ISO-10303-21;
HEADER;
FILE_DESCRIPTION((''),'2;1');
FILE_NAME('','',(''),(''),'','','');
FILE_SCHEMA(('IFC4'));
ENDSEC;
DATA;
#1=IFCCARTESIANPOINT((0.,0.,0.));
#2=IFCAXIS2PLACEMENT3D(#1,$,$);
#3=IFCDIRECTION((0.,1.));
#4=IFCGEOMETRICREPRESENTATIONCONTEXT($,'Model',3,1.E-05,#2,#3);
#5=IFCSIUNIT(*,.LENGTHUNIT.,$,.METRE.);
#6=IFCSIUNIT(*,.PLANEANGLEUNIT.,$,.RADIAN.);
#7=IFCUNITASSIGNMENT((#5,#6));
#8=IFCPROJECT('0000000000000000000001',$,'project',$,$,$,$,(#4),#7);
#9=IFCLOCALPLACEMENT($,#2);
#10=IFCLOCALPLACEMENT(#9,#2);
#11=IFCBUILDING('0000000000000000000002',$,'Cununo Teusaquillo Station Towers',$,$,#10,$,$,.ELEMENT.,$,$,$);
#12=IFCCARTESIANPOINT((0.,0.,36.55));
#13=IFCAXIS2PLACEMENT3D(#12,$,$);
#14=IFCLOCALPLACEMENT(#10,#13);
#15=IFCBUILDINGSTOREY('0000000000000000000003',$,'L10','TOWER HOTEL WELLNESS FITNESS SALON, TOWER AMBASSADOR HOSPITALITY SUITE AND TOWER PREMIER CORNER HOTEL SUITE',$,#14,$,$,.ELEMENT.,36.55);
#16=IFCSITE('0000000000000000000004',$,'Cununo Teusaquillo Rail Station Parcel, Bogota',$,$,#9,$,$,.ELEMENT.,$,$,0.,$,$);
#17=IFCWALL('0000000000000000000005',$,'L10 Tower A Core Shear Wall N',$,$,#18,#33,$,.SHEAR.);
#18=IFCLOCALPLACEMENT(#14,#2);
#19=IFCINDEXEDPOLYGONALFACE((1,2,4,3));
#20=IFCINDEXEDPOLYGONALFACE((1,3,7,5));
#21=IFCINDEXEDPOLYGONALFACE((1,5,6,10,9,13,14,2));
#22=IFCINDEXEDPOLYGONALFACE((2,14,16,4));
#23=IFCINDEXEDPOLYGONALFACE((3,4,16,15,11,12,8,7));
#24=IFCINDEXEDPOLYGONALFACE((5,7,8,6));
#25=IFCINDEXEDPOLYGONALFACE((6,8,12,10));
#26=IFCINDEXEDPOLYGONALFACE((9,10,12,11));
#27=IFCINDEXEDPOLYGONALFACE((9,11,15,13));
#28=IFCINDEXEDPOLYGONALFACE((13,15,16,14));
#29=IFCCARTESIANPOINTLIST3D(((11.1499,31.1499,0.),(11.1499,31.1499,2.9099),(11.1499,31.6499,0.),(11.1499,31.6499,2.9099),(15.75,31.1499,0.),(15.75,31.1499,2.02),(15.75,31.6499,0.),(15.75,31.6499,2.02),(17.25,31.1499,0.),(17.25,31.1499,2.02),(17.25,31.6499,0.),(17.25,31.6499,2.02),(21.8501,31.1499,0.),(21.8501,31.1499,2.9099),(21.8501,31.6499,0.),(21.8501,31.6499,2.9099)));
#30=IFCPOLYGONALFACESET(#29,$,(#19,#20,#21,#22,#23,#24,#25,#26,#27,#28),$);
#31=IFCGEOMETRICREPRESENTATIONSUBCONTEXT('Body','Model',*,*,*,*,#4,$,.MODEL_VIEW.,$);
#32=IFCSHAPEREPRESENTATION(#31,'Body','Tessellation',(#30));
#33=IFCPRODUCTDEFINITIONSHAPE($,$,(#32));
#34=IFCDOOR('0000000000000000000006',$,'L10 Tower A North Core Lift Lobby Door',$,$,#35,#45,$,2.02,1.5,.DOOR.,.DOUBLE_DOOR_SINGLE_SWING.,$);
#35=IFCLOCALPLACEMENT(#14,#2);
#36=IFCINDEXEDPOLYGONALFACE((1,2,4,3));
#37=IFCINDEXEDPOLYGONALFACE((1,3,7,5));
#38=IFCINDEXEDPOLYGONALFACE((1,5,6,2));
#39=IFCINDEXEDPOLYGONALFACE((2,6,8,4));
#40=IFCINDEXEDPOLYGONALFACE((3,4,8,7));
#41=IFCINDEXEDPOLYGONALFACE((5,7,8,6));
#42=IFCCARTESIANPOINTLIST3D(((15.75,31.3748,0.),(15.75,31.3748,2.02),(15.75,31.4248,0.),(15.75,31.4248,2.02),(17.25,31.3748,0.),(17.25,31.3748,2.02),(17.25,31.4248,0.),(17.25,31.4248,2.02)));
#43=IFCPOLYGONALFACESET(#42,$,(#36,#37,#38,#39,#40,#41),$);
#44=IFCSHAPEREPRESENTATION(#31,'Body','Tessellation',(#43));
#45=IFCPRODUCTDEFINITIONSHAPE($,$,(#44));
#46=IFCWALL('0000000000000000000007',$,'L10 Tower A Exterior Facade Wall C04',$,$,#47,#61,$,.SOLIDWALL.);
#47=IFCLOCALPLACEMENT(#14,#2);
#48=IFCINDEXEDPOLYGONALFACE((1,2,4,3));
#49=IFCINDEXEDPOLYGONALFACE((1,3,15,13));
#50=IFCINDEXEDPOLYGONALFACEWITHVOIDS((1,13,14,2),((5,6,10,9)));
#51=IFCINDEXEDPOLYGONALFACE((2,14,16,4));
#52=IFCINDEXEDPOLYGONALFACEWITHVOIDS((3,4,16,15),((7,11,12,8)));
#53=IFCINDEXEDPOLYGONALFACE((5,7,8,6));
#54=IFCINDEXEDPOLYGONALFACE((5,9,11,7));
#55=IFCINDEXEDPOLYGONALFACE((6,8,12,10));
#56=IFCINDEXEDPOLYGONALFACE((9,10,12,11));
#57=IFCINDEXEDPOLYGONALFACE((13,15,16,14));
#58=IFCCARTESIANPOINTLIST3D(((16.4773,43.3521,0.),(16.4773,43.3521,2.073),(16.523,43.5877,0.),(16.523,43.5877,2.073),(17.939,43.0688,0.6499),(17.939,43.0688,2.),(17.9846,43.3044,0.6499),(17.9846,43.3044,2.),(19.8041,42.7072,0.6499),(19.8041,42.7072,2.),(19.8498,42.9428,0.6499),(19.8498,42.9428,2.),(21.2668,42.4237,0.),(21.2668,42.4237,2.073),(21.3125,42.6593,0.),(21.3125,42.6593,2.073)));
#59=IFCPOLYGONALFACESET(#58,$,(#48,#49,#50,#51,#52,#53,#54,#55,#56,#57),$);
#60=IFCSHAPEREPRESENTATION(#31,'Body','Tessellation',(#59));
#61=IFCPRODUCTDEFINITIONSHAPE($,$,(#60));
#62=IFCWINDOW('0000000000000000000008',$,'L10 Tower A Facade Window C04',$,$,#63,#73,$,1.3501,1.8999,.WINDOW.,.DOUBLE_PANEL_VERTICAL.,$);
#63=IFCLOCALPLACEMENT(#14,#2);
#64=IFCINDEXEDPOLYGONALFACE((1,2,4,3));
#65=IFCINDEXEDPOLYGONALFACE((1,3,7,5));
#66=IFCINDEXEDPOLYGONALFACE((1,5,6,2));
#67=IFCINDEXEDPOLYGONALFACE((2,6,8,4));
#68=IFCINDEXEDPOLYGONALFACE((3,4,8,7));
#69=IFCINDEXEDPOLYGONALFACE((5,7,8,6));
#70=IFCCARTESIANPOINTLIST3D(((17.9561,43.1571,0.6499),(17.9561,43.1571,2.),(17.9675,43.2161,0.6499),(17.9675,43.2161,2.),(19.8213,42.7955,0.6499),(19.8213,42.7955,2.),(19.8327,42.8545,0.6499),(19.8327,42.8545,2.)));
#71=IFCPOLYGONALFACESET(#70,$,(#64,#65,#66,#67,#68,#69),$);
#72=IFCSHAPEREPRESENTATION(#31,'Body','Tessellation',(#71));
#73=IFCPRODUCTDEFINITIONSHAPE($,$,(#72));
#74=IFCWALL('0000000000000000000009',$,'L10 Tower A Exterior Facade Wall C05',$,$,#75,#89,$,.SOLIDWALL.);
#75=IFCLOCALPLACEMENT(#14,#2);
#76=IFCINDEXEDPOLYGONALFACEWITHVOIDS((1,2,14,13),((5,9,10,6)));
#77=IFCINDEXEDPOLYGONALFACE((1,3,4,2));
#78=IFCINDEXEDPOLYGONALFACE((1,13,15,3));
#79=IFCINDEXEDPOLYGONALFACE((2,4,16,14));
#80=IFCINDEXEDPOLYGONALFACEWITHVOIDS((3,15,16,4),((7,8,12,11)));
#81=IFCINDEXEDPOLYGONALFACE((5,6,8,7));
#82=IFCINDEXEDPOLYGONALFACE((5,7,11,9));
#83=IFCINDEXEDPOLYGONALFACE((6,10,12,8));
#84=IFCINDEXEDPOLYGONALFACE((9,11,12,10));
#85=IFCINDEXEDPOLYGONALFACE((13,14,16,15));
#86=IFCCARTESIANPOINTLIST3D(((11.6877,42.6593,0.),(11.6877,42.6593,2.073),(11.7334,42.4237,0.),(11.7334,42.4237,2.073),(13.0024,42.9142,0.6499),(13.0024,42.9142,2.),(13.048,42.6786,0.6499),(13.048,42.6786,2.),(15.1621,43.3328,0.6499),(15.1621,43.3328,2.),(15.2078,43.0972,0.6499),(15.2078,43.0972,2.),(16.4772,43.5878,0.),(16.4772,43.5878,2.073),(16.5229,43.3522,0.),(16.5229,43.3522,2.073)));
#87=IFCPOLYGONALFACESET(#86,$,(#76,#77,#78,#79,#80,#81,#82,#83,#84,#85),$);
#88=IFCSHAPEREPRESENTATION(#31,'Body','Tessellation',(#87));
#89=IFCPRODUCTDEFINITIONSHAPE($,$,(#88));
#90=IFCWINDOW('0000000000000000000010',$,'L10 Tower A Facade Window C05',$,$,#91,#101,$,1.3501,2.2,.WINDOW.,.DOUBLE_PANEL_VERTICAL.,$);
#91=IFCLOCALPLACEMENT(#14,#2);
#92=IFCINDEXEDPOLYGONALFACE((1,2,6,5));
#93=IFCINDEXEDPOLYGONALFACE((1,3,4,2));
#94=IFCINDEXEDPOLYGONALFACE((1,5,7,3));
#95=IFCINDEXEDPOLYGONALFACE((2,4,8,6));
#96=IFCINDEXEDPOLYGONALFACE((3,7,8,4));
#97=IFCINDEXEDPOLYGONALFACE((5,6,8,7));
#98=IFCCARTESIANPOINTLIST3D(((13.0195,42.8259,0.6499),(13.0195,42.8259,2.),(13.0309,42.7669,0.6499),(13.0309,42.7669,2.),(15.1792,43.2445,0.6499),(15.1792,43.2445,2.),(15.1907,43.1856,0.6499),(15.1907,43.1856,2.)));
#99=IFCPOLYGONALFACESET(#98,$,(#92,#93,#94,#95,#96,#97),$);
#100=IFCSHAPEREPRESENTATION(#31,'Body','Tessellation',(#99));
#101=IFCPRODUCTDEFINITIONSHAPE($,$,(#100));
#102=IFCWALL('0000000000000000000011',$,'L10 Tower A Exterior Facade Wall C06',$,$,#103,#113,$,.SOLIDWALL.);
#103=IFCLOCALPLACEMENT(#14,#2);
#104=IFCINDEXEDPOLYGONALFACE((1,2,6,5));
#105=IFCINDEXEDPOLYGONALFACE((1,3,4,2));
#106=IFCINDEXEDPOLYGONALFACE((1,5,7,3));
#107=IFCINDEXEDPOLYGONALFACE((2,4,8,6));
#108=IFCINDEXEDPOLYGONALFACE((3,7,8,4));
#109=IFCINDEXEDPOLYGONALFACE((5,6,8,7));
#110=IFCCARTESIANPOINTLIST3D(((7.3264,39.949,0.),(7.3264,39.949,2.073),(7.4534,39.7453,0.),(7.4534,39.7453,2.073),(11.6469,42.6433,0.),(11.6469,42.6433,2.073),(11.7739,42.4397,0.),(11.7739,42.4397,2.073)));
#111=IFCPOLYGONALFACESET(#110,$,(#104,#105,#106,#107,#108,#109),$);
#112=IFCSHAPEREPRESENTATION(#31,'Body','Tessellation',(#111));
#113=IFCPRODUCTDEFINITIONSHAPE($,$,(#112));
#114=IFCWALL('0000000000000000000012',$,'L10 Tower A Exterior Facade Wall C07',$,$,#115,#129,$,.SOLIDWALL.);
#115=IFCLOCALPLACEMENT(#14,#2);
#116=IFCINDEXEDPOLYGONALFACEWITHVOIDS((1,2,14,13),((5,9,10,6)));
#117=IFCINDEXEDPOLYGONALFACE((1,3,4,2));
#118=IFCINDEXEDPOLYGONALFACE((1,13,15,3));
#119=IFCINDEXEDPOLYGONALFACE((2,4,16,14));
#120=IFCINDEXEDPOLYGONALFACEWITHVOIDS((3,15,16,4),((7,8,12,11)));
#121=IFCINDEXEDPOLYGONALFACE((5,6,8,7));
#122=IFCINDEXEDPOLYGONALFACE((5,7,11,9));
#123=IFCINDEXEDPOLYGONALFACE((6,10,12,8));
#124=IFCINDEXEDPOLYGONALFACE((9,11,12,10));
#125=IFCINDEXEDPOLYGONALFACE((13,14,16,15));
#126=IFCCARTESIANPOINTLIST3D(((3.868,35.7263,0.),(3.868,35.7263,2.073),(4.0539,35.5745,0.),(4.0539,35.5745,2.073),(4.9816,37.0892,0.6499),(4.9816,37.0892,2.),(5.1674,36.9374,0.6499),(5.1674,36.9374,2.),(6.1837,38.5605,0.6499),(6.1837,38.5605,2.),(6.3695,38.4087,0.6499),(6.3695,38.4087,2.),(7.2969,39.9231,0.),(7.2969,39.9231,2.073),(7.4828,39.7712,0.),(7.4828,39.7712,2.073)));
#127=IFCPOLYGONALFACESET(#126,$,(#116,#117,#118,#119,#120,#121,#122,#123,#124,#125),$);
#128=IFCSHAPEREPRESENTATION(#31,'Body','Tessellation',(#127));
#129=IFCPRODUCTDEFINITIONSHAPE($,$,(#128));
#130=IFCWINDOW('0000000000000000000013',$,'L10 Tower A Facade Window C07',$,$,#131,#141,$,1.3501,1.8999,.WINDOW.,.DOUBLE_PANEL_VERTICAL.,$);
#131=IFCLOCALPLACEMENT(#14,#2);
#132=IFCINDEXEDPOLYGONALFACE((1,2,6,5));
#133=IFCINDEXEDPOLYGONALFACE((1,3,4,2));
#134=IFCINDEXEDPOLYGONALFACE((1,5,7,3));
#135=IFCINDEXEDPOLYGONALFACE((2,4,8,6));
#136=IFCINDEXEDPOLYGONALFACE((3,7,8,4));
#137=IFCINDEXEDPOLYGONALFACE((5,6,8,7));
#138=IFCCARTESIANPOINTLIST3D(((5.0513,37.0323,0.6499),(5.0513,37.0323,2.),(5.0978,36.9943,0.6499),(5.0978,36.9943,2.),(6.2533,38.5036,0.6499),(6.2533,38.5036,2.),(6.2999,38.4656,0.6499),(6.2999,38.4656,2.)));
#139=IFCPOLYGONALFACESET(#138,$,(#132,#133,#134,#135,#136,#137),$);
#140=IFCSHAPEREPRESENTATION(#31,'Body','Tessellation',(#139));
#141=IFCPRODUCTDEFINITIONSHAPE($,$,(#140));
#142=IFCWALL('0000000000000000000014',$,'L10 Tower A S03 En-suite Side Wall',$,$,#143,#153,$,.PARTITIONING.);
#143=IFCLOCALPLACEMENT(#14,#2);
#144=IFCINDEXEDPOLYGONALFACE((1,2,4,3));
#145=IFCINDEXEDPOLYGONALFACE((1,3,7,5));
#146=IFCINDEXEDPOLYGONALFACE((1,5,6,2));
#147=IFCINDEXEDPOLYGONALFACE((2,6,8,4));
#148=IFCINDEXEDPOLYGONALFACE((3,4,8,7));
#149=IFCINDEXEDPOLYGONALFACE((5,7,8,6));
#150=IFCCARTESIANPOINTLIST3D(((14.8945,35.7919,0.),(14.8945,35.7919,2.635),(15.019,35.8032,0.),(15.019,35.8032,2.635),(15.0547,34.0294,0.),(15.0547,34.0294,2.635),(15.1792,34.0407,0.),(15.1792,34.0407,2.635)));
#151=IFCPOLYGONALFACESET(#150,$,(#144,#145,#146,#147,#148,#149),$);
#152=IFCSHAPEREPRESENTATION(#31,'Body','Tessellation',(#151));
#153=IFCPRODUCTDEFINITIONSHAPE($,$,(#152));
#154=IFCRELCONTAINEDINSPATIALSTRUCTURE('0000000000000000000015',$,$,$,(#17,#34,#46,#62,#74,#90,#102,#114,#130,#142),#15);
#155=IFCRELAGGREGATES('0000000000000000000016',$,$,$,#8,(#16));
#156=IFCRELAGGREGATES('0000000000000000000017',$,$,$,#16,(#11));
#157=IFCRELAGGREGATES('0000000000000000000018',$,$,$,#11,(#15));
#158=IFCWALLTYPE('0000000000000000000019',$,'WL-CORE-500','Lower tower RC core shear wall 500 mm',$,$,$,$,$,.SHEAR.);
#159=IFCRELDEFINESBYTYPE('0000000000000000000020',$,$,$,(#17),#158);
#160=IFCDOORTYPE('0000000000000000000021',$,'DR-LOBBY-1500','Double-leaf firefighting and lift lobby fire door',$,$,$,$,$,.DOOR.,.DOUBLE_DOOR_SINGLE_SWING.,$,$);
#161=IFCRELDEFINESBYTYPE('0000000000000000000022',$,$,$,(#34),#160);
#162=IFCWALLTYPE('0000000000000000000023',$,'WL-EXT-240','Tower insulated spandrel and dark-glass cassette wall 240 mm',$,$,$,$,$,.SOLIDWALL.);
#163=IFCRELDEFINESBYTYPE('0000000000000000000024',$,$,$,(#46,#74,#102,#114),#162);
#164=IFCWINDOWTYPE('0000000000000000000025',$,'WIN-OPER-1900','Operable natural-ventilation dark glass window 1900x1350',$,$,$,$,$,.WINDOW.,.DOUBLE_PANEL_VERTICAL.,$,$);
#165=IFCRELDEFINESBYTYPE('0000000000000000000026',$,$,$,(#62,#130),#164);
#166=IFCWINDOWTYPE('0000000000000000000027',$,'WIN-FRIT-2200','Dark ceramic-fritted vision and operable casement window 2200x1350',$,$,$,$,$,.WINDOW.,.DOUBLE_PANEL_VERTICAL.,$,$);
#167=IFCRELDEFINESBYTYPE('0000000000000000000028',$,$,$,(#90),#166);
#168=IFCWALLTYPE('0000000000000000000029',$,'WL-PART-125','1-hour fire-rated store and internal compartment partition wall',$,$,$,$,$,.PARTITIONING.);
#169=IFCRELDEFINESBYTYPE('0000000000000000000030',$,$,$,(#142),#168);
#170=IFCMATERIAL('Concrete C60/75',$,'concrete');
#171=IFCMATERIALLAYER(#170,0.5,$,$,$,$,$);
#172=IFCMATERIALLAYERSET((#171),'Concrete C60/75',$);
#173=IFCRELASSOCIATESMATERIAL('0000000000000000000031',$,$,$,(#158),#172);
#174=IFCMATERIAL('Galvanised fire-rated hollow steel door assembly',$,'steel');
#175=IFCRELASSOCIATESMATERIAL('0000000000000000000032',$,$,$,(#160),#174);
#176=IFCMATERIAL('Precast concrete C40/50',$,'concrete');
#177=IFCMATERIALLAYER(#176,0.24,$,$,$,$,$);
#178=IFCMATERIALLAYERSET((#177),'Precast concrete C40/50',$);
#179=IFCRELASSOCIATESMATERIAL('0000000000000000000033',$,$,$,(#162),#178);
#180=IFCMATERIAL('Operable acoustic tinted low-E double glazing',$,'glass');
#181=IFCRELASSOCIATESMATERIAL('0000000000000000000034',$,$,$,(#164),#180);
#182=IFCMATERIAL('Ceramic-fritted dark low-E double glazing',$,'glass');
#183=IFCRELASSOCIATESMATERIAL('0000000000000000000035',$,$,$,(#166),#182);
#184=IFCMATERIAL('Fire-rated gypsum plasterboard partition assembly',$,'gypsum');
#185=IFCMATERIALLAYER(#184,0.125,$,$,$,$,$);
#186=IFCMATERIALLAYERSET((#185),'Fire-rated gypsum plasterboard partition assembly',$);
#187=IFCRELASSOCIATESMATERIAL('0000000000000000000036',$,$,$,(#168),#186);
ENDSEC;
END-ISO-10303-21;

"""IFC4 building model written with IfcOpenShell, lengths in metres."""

from ifc_helpers import new_model, si_unit, direction, frame, frame_2d, origin, place, context, subcontext, project, spatial, rectangle, extrude, source, transform, mapped, material, layer, layer_set, type_object, element, fill, save


model = new_model("IFC4")

# Units and contexts
model_context = context("Model", 3, precision=1e-05, world=origin(), true_north=direction((0.0, 1.0)))
body_context = subcontext(model_context, "Body", "Model", "MODEL_VIEW")
ifc_project = project(units=[si_unit("LENGTHUNIT", "METRE"), si_unit("PLANEANGLEUNIT", "RADIAN")], contexts=[model_context])

# Site, building, storey
site_placement = place(None, origin())
site = spatial("IfcSite", under=ifc_project, at=site_placement, Name="Cununo Teusaquillo Rail Station Parcel, Bogota", CompositionType="ELEMENT", RefElevation=0.0)
building_placement = place(site_placement, origin())
building = spatial("IfcBuilding", under=site, at=building_placement, Name="Cununo Teusaquillo Station Towers", CompositionType="ELEMENT")
storey_placement = place(building_placement, frame((0.0, 0.0, 36.55)))
storey = spatial("IfcBuildingStorey", under=building, at=storey_placement, Name="L10", Description="TOWER HOTEL WELLNESS FITNESS SALON, TOWER AMBASSADOR HOSPITALITY SUITE AND TOWER PREMIER CORNER HOTEL SUITE", CompositionType="ELEMENT", Elevation=36.55)

# Wall, opening, door
ifc_material_1 = material(Name="Concrete C60/75", Category="concrete")
ifc_layer_1 = layer(ifc_material_1, 0.5)
ifc_layer_set_1 = layer_set([ifc_layer_1], Name="Concrete C60/75")
wall_type_1 = type_object("IfcWallType", Name="WL-CORE-500", Description="Lower tower RC core shear wall 500 mm", PredefinedType="SHEAR", material=ifc_layer_set_1)
wall_1_placement = place(storey_placement, frame((11.1499, 31.3999, 0.0), z_axis=(0.0, 0.0, 1.0), x_axis=(1.0, 0.0, 0.0)))
wall_1 = element("IfcWall", 1, at=wall_1_placement, inside=storey, type_object=wall_type_1, Name="L10 Tower A Core Shear Wall N", PredefinedType="SHEAR", context=body_context, shape_type="SweptSolid", body=[
    extrude(rectangle(XDim=10.7002, YDim=0.5, at=frame_2d((5.3501, 0.0))), origin(), (0.0, 0.0, 1.0), 2.9099),
])
shared_shape_1 = source(origin(), body_context, "Body", "SweptSolid", [
    extrude(rectangle(XDim=1.5, YDim=2.02, at=frame_2d((0.75, 1.01))), frame((0.0, 0.26, 0.0), z_axis=(0.0, -1.0, 0.0), x_axis=(1.0, 0.0, 0.0)), (0.0, 0.0, 1.0), 0.52),
])
opening_1_placement = place(wall_1_placement, frame((4.6001, 0.0, 0.0)))
opening_1 = element("IfcOpeningElement", 2, at=opening_1_placement, cuts=wall_1, PredefinedType="OPENING", context=body_context, shape_type="MappedRepresentation", body=[
    mapped(shared_shape_1, transform((0.0, 0.0, 0.0), x_axis=(1.0, 0.0, 0.0), y_axis=(0.0, 1.0, 0.0), z_axis=(0.0, 0.0, 1.0), scale=1.0)),
])
ifc_material_2 = material(Name="Galvanised fire-rated hollow steel door assembly", Category="steel")
door_type_1 = type_object("IfcDoorType", Name="DR-LOBBY-1500", Description="Double-leaf firefighting and lift lobby fire door", OperationType="DOUBLE_DOOR_SINGLE_SWING", PredefinedType="DOOR", material=ifc_material_2)
shared_shape_2 = source(origin(), body_context, "Body", "SweptSolid", [
    extrude(rectangle(XDim=1.5, YDim=2.02, at=frame_2d((0.75, 1.01))), frame((0.0, 0.0249, 0.0), z_axis=(0.0, -1.0, 0.0), x_axis=(1.0, 0.0, 0.0)), (0.0, 0.0, 1.0), 0.05),
])
door_1_placement = place(opening_1_placement, origin())
door_1 = element("IfcDoor", 3, at=door_1_placement, inside=storey, type_object=door_type_1, Name="L10 Tower A North Core Lift Lobby Door", OperationType="DOUBLE_DOOR_SINGLE_SWING", OverallHeight=2.02, OverallWidth=1.5, PredefinedType="DOOR", context=body_context, shape_type="MappedRepresentation", body=[
    mapped(shared_shape_2, transform((0.0, 0.0, 0.0), x_axis=(1.0, 0.0, 0.0), y_axis=(0.0, 1.0, 0.0), z_axis=(0.0, 0.0, 1.0), scale=1.0)),
])
fill(opening_1, door_1)

# Walls, openings, windows
ifc_material_3 = material(Name="Precast concrete C40/50", Category="concrete")
ifc_layer_2 = layer(ifc_material_3, 0.24)
ifc_layer_set_2 = layer_set([ifc_layer_2], Name="Precast concrete C40/50")
wall_type_2 = type_object("IfcWallType", Name="WL-EXT-240", Description="Tower insulated spandrel and dark-glass cassette wall 240 mm", PredefinedType="SOLIDWALL", material=ifc_layer_set_2)
wall_2_placement = place(storey_placement, frame((16.5, 43.47, 0.0), z_axis=(0.0, 0.0, 1.0), x_axis=(0.981724, -0.19031, 0.0)))
wall_2 = element("IfcWall", 4, at=wall_2_placement, inside=storey, type_object=wall_type_2, Name="L10 Tower A Exterior Facade Wall C04", PredefinedType="SOLIDWALL", context=body_context, shape_type="SweptSolid", body=[
    extrude(rectangle(XDim=4.8787, YDim=0.24, at=frame_2d((2.4395, 0.0))), origin(), (0.0, 0.0, 1.0), 2.073),
])
shared_shape_3 = source(origin(), body_context, "Body", "SweptSolid", [
    extrude(rectangle(XDim=1.8999, YDim=1.3501, at=frame_2d((0.95, 0.675))), frame((0.0, 0.1299, 0.0), z_axis=(0.0, -1.0, 0.0), x_axis=(1.0, 0.0, 0.0)), (0.0, 0.0, 1.0), 0.26),
])
opening_2_placement = place(wall_2_placement, frame((1.489, 0.0, 0.6499)))
opening_2 = element("IfcOpeningElement", 5, at=opening_2_placement, cuts=wall_2, PredefinedType="OPENING", context=body_context, shape_type="MappedRepresentation", body=[
    mapped(shared_shape_3, transform((0.0, 0.0, 0.0), x_axis=(1.0, 0.0, 0.0), y_axis=(0.0, 1.0, 0.0), z_axis=(0.0, 0.0, 1.0), scale=1.0)),
])
ifc_material_4 = material(Name="Operable acoustic tinted low-E double glazing", Category="glass")
window_type_1 = type_object("IfcWindowType", Name="WIN-OPER-1900", Description="Operable natural-ventilation dark glass window 1900x1350", PartitioningType="DOUBLE_PANEL_VERTICAL", PredefinedType="WINDOW", material=ifc_material_4)
shared_shape_4 = source(origin(), body_context, "Body", "SweptSolid", [
    extrude(rectangle(XDim=1.8999, YDim=1.3501, at=frame_2d((0.95, 0.675))), frame((0.0, 0.03, 0.0), z_axis=(0.0, -1.0, 0.0), x_axis=(1.0, 0.0, 0.0)), (0.0, 0.0, 1.0), 0.0601),
])
window_1_placement = place(opening_2_placement, origin())
window_1 = element("IfcWindow", 6, at=window_1_placement, inside=storey, type_object=window_type_1, Name="L10 Tower A Facade Window C04", OverallHeight=1.3501, OverallWidth=1.8999, PartitioningType="DOUBLE_PANEL_VERTICAL", PredefinedType="WINDOW", context=body_context, shape_type="MappedRepresentation", body=[
    mapped(shared_shape_4, transform((0.0, 0.0, 0.0), x_axis=(1.0, 0.0, 0.0), y_axis=(0.0, 1.0, 0.0), z_axis=(0.0, 0.0, 1.0), scale=1.0)),
])
fill(opening_2, window_1)
wall_3_placement = place(storey_placement, frame((11.7104, 42.5415, 0.0), z_axis=(0.0, 0.0, 1.0), x_axis=(0.981724, 0.19031, 0.0)))
wall_3 = element("IfcWall", 7, at=wall_3_placement, inside=storey, type_object=wall_type_2, Name="L10 Tower A Exterior Facade Wall C05", PredefinedType="SOLIDWALL", context=body_context, shape_type="SweptSolid", body=[
    extrude(rectangle(XDim=4.8787, YDim=0.24, at=frame_2d((2.4395, 0.0))), origin(), (0.0, 0.0, 1.0), 2.073),
])
shared_shape_5 = source(origin(), body_context, "Body", "SweptSolid", [
    extrude(rectangle(XDim=2.2, YDim=1.3501, at=frame_2d((1.1001, 0.675))), frame((0.0, 0.1299, 0.0), z_axis=(0.0, -1.0, 0.0), x_axis=(1.0, 0.0, 0.0)), (0.0, 0.0, 1.0), 0.26),
])
opening_3_placement = place(wall_3_placement, frame((1.3391, 0.0, 0.6499)))
opening_3 = element("IfcOpeningElement", 8, at=opening_3_placement, cuts=wall_3, PredefinedType="OPENING", context=body_context, shape_type="MappedRepresentation", body=[
    mapped(shared_shape_5, transform((0.0, 0.0, 0.0), x_axis=(1.0, 0.0, 0.0), y_axis=(0.0, 1.0, 0.0), z_axis=(0.0, 0.0, 1.0), scale=1.0)),
])
ifc_material_5 = material(Name="Ceramic-fritted dark low-E double glazing", Category="glass")
window_type_2 = type_object("IfcWindowType", Name="WIN-FRIT-2200", Description="Dark ceramic-fritted vision and operable casement window 2200x1350", PartitioningType="DOUBLE_PANEL_VERTICAL", PredefinedType="WINDOW", material=ifc_material_5)
shared_shape_6 = source(origin(), body_context, "Body", "SweptSolid", [
    extrude(rectangle(XDim=2.2, YDim=1.3501, at=frame_2d((1.1001, 0.675))), frame((0.0, 0.03, 0.0), z_axis=(0.0, -1.0, 0.0), x_axis=(1.0, 0.0, 0.0)), (0.0, 0.0, 1.0), 0.0601),
])
window_2_placement = place(opening_3_placement, origin())
window_2 = element("IfcWindow", 9, at=window_2_placement, inside=storey, type_object=window_type_2, Name="L10 Tower A Facade Window C05", OverallHeight=1.3501, OverallWidth=2.2, PartitioningType="DOUBLE_PANEL_VERTICAL", PredefinedType="WINDOW", context=body_context, shape_type="MappedRepresentation", body=[
    mapped(shared_shape_6, transform((0.0, 0.0, 0.0), x_axis=(1.0, 0.0, 0.0), y_axis=(0.0, 1.0, 0.0), z_axis=(0.0, 0.0, 1.0), scale=1.0)),
])
fill(opening_3, window_2)

# Wall
wall_4_placement = place(storey_placement, frame((7.3899, 39.8472, 0.0), z_axis=(0.0, 0.0, 1.0), x_axis=(0.848529, 0.52915, 0.0)))
element("IfcWall", 10, at=wall_4_placement, inside=storey, type_object=wall_type_2, Name="L10 Tower A Exterior Facade Wall C06", PredefinedType="SOLIDWALL", context=body_context, shape_type="SweptSolid", body=[
    extrude(rectangle(XDim=5.0918, YDim=0.24, at=frame_2d((2.5459, 0.0))), origin(), (0.0, 0.0, 1.0), 2.073),
])

# Wall, opening, window
wall_5_placement = place(storey_placement, frame((3.9609, 35.6504, 0.0), z_axis=(0.0, 0.0, 1.0), x_axis=(0.63271, 0.774389, 0.0)))
wall_5 = element("IfcWall", 11, at=wall_5_placement, inside=storey, type_object=wall_type_2, Name="L10 Tower A Exterior Facade Wall C07", PredefinedType="SOLIDWALL", context=body_context, shape_type="SweptSolid", body=[
    extrude(rectangle(XDim=5.4194, YDim=0.24, at=frame_2d((2.7097, 0.0))), origin(), (0.0, 0.0, 1.0), 2.073),
])
opening_4_placement = place(wall_5_placement, frame((1.76, 0.0, 0.6499)))
opening_4 = element("IfcOpeningElement", 12, at=opening_4_placement, cuts=wall_5, PredefinedType="OPENING", context=body_context, shape_type="MappedRepresentation", body=[
    mapped(shared_shape_3, transform((0.0, 0.0, 0.0), x_axis=(1.0, 0.0, 0.0), y_axis=(0.0, 1.0, 0.0), z_axis=(0.0, 0.0, 1.0), scale=1.0)),
])
window_3_placement = place(opening_4_placement, origin())
window_3 = element("IfcWindow", 13, at=window_3_placement, inside=storey, type_object=window_type_1, Name="L10 Tower A Facade Window C07", OverallHeight=1.3501, OverallWidth=1.8999, PartitioningType="DOUBLE_PANEL_VERTICAL", PredefinedType="WINDOW", context=body_context, shape_type="MappedRepresentation", body=[
    mapped(shared_shape_4, transform((0.0, 0.0, 0.0), x_axis=(1.0, 0.0, 0.0), y_axis=(0.0, 1.0, 0.0), z_axis=(0.0, 0.0, 1.0), scale=1.0)),
])
fill(opening_4, window_3)

# Wall
ifc_material_6 = material(Name="Fire-rated gypsum plasterboard partition assembly", Category="gypsum")
ifc_layer_3 = layer(ifc_material_6, 0.125)
ifc_layer_set_3 = layer_set([ifc_layer_3], Name="Fire-rated gypsum plasterboard partition assembly")
wall_type_3 = type_object("IfcWallType", Name="WL-PART-125", Description="1-hour fire-rated store and internal compartment partition wall", PredefinedType="PARTITIONING", material=ifc_layer_set_3)
wall_6_placement = place(storey_placement, frame((15.1169, 34.0352, 0.0), z_axis=(0.0, 0.0, 1.0), x_axis=(-0.090498, 0.995897, 0.0)))
element("IfcWall", 14, at=wall_6_placement, inside=storey, type_object=wall_type_3, Name="L10 Tower A S03 En-suite Side Wall", PredefinedType="PARTITIONING", context=body_context, shape_type="SweptSolid", body=[
    extrude(rectangle(XDim=1.7698, YDim=0.125, at=frame_2d((0.8848, 0.0))), origin(), (0.0, 0.0, 1.0), 2.635),
])

save(model, "model.ifc")
